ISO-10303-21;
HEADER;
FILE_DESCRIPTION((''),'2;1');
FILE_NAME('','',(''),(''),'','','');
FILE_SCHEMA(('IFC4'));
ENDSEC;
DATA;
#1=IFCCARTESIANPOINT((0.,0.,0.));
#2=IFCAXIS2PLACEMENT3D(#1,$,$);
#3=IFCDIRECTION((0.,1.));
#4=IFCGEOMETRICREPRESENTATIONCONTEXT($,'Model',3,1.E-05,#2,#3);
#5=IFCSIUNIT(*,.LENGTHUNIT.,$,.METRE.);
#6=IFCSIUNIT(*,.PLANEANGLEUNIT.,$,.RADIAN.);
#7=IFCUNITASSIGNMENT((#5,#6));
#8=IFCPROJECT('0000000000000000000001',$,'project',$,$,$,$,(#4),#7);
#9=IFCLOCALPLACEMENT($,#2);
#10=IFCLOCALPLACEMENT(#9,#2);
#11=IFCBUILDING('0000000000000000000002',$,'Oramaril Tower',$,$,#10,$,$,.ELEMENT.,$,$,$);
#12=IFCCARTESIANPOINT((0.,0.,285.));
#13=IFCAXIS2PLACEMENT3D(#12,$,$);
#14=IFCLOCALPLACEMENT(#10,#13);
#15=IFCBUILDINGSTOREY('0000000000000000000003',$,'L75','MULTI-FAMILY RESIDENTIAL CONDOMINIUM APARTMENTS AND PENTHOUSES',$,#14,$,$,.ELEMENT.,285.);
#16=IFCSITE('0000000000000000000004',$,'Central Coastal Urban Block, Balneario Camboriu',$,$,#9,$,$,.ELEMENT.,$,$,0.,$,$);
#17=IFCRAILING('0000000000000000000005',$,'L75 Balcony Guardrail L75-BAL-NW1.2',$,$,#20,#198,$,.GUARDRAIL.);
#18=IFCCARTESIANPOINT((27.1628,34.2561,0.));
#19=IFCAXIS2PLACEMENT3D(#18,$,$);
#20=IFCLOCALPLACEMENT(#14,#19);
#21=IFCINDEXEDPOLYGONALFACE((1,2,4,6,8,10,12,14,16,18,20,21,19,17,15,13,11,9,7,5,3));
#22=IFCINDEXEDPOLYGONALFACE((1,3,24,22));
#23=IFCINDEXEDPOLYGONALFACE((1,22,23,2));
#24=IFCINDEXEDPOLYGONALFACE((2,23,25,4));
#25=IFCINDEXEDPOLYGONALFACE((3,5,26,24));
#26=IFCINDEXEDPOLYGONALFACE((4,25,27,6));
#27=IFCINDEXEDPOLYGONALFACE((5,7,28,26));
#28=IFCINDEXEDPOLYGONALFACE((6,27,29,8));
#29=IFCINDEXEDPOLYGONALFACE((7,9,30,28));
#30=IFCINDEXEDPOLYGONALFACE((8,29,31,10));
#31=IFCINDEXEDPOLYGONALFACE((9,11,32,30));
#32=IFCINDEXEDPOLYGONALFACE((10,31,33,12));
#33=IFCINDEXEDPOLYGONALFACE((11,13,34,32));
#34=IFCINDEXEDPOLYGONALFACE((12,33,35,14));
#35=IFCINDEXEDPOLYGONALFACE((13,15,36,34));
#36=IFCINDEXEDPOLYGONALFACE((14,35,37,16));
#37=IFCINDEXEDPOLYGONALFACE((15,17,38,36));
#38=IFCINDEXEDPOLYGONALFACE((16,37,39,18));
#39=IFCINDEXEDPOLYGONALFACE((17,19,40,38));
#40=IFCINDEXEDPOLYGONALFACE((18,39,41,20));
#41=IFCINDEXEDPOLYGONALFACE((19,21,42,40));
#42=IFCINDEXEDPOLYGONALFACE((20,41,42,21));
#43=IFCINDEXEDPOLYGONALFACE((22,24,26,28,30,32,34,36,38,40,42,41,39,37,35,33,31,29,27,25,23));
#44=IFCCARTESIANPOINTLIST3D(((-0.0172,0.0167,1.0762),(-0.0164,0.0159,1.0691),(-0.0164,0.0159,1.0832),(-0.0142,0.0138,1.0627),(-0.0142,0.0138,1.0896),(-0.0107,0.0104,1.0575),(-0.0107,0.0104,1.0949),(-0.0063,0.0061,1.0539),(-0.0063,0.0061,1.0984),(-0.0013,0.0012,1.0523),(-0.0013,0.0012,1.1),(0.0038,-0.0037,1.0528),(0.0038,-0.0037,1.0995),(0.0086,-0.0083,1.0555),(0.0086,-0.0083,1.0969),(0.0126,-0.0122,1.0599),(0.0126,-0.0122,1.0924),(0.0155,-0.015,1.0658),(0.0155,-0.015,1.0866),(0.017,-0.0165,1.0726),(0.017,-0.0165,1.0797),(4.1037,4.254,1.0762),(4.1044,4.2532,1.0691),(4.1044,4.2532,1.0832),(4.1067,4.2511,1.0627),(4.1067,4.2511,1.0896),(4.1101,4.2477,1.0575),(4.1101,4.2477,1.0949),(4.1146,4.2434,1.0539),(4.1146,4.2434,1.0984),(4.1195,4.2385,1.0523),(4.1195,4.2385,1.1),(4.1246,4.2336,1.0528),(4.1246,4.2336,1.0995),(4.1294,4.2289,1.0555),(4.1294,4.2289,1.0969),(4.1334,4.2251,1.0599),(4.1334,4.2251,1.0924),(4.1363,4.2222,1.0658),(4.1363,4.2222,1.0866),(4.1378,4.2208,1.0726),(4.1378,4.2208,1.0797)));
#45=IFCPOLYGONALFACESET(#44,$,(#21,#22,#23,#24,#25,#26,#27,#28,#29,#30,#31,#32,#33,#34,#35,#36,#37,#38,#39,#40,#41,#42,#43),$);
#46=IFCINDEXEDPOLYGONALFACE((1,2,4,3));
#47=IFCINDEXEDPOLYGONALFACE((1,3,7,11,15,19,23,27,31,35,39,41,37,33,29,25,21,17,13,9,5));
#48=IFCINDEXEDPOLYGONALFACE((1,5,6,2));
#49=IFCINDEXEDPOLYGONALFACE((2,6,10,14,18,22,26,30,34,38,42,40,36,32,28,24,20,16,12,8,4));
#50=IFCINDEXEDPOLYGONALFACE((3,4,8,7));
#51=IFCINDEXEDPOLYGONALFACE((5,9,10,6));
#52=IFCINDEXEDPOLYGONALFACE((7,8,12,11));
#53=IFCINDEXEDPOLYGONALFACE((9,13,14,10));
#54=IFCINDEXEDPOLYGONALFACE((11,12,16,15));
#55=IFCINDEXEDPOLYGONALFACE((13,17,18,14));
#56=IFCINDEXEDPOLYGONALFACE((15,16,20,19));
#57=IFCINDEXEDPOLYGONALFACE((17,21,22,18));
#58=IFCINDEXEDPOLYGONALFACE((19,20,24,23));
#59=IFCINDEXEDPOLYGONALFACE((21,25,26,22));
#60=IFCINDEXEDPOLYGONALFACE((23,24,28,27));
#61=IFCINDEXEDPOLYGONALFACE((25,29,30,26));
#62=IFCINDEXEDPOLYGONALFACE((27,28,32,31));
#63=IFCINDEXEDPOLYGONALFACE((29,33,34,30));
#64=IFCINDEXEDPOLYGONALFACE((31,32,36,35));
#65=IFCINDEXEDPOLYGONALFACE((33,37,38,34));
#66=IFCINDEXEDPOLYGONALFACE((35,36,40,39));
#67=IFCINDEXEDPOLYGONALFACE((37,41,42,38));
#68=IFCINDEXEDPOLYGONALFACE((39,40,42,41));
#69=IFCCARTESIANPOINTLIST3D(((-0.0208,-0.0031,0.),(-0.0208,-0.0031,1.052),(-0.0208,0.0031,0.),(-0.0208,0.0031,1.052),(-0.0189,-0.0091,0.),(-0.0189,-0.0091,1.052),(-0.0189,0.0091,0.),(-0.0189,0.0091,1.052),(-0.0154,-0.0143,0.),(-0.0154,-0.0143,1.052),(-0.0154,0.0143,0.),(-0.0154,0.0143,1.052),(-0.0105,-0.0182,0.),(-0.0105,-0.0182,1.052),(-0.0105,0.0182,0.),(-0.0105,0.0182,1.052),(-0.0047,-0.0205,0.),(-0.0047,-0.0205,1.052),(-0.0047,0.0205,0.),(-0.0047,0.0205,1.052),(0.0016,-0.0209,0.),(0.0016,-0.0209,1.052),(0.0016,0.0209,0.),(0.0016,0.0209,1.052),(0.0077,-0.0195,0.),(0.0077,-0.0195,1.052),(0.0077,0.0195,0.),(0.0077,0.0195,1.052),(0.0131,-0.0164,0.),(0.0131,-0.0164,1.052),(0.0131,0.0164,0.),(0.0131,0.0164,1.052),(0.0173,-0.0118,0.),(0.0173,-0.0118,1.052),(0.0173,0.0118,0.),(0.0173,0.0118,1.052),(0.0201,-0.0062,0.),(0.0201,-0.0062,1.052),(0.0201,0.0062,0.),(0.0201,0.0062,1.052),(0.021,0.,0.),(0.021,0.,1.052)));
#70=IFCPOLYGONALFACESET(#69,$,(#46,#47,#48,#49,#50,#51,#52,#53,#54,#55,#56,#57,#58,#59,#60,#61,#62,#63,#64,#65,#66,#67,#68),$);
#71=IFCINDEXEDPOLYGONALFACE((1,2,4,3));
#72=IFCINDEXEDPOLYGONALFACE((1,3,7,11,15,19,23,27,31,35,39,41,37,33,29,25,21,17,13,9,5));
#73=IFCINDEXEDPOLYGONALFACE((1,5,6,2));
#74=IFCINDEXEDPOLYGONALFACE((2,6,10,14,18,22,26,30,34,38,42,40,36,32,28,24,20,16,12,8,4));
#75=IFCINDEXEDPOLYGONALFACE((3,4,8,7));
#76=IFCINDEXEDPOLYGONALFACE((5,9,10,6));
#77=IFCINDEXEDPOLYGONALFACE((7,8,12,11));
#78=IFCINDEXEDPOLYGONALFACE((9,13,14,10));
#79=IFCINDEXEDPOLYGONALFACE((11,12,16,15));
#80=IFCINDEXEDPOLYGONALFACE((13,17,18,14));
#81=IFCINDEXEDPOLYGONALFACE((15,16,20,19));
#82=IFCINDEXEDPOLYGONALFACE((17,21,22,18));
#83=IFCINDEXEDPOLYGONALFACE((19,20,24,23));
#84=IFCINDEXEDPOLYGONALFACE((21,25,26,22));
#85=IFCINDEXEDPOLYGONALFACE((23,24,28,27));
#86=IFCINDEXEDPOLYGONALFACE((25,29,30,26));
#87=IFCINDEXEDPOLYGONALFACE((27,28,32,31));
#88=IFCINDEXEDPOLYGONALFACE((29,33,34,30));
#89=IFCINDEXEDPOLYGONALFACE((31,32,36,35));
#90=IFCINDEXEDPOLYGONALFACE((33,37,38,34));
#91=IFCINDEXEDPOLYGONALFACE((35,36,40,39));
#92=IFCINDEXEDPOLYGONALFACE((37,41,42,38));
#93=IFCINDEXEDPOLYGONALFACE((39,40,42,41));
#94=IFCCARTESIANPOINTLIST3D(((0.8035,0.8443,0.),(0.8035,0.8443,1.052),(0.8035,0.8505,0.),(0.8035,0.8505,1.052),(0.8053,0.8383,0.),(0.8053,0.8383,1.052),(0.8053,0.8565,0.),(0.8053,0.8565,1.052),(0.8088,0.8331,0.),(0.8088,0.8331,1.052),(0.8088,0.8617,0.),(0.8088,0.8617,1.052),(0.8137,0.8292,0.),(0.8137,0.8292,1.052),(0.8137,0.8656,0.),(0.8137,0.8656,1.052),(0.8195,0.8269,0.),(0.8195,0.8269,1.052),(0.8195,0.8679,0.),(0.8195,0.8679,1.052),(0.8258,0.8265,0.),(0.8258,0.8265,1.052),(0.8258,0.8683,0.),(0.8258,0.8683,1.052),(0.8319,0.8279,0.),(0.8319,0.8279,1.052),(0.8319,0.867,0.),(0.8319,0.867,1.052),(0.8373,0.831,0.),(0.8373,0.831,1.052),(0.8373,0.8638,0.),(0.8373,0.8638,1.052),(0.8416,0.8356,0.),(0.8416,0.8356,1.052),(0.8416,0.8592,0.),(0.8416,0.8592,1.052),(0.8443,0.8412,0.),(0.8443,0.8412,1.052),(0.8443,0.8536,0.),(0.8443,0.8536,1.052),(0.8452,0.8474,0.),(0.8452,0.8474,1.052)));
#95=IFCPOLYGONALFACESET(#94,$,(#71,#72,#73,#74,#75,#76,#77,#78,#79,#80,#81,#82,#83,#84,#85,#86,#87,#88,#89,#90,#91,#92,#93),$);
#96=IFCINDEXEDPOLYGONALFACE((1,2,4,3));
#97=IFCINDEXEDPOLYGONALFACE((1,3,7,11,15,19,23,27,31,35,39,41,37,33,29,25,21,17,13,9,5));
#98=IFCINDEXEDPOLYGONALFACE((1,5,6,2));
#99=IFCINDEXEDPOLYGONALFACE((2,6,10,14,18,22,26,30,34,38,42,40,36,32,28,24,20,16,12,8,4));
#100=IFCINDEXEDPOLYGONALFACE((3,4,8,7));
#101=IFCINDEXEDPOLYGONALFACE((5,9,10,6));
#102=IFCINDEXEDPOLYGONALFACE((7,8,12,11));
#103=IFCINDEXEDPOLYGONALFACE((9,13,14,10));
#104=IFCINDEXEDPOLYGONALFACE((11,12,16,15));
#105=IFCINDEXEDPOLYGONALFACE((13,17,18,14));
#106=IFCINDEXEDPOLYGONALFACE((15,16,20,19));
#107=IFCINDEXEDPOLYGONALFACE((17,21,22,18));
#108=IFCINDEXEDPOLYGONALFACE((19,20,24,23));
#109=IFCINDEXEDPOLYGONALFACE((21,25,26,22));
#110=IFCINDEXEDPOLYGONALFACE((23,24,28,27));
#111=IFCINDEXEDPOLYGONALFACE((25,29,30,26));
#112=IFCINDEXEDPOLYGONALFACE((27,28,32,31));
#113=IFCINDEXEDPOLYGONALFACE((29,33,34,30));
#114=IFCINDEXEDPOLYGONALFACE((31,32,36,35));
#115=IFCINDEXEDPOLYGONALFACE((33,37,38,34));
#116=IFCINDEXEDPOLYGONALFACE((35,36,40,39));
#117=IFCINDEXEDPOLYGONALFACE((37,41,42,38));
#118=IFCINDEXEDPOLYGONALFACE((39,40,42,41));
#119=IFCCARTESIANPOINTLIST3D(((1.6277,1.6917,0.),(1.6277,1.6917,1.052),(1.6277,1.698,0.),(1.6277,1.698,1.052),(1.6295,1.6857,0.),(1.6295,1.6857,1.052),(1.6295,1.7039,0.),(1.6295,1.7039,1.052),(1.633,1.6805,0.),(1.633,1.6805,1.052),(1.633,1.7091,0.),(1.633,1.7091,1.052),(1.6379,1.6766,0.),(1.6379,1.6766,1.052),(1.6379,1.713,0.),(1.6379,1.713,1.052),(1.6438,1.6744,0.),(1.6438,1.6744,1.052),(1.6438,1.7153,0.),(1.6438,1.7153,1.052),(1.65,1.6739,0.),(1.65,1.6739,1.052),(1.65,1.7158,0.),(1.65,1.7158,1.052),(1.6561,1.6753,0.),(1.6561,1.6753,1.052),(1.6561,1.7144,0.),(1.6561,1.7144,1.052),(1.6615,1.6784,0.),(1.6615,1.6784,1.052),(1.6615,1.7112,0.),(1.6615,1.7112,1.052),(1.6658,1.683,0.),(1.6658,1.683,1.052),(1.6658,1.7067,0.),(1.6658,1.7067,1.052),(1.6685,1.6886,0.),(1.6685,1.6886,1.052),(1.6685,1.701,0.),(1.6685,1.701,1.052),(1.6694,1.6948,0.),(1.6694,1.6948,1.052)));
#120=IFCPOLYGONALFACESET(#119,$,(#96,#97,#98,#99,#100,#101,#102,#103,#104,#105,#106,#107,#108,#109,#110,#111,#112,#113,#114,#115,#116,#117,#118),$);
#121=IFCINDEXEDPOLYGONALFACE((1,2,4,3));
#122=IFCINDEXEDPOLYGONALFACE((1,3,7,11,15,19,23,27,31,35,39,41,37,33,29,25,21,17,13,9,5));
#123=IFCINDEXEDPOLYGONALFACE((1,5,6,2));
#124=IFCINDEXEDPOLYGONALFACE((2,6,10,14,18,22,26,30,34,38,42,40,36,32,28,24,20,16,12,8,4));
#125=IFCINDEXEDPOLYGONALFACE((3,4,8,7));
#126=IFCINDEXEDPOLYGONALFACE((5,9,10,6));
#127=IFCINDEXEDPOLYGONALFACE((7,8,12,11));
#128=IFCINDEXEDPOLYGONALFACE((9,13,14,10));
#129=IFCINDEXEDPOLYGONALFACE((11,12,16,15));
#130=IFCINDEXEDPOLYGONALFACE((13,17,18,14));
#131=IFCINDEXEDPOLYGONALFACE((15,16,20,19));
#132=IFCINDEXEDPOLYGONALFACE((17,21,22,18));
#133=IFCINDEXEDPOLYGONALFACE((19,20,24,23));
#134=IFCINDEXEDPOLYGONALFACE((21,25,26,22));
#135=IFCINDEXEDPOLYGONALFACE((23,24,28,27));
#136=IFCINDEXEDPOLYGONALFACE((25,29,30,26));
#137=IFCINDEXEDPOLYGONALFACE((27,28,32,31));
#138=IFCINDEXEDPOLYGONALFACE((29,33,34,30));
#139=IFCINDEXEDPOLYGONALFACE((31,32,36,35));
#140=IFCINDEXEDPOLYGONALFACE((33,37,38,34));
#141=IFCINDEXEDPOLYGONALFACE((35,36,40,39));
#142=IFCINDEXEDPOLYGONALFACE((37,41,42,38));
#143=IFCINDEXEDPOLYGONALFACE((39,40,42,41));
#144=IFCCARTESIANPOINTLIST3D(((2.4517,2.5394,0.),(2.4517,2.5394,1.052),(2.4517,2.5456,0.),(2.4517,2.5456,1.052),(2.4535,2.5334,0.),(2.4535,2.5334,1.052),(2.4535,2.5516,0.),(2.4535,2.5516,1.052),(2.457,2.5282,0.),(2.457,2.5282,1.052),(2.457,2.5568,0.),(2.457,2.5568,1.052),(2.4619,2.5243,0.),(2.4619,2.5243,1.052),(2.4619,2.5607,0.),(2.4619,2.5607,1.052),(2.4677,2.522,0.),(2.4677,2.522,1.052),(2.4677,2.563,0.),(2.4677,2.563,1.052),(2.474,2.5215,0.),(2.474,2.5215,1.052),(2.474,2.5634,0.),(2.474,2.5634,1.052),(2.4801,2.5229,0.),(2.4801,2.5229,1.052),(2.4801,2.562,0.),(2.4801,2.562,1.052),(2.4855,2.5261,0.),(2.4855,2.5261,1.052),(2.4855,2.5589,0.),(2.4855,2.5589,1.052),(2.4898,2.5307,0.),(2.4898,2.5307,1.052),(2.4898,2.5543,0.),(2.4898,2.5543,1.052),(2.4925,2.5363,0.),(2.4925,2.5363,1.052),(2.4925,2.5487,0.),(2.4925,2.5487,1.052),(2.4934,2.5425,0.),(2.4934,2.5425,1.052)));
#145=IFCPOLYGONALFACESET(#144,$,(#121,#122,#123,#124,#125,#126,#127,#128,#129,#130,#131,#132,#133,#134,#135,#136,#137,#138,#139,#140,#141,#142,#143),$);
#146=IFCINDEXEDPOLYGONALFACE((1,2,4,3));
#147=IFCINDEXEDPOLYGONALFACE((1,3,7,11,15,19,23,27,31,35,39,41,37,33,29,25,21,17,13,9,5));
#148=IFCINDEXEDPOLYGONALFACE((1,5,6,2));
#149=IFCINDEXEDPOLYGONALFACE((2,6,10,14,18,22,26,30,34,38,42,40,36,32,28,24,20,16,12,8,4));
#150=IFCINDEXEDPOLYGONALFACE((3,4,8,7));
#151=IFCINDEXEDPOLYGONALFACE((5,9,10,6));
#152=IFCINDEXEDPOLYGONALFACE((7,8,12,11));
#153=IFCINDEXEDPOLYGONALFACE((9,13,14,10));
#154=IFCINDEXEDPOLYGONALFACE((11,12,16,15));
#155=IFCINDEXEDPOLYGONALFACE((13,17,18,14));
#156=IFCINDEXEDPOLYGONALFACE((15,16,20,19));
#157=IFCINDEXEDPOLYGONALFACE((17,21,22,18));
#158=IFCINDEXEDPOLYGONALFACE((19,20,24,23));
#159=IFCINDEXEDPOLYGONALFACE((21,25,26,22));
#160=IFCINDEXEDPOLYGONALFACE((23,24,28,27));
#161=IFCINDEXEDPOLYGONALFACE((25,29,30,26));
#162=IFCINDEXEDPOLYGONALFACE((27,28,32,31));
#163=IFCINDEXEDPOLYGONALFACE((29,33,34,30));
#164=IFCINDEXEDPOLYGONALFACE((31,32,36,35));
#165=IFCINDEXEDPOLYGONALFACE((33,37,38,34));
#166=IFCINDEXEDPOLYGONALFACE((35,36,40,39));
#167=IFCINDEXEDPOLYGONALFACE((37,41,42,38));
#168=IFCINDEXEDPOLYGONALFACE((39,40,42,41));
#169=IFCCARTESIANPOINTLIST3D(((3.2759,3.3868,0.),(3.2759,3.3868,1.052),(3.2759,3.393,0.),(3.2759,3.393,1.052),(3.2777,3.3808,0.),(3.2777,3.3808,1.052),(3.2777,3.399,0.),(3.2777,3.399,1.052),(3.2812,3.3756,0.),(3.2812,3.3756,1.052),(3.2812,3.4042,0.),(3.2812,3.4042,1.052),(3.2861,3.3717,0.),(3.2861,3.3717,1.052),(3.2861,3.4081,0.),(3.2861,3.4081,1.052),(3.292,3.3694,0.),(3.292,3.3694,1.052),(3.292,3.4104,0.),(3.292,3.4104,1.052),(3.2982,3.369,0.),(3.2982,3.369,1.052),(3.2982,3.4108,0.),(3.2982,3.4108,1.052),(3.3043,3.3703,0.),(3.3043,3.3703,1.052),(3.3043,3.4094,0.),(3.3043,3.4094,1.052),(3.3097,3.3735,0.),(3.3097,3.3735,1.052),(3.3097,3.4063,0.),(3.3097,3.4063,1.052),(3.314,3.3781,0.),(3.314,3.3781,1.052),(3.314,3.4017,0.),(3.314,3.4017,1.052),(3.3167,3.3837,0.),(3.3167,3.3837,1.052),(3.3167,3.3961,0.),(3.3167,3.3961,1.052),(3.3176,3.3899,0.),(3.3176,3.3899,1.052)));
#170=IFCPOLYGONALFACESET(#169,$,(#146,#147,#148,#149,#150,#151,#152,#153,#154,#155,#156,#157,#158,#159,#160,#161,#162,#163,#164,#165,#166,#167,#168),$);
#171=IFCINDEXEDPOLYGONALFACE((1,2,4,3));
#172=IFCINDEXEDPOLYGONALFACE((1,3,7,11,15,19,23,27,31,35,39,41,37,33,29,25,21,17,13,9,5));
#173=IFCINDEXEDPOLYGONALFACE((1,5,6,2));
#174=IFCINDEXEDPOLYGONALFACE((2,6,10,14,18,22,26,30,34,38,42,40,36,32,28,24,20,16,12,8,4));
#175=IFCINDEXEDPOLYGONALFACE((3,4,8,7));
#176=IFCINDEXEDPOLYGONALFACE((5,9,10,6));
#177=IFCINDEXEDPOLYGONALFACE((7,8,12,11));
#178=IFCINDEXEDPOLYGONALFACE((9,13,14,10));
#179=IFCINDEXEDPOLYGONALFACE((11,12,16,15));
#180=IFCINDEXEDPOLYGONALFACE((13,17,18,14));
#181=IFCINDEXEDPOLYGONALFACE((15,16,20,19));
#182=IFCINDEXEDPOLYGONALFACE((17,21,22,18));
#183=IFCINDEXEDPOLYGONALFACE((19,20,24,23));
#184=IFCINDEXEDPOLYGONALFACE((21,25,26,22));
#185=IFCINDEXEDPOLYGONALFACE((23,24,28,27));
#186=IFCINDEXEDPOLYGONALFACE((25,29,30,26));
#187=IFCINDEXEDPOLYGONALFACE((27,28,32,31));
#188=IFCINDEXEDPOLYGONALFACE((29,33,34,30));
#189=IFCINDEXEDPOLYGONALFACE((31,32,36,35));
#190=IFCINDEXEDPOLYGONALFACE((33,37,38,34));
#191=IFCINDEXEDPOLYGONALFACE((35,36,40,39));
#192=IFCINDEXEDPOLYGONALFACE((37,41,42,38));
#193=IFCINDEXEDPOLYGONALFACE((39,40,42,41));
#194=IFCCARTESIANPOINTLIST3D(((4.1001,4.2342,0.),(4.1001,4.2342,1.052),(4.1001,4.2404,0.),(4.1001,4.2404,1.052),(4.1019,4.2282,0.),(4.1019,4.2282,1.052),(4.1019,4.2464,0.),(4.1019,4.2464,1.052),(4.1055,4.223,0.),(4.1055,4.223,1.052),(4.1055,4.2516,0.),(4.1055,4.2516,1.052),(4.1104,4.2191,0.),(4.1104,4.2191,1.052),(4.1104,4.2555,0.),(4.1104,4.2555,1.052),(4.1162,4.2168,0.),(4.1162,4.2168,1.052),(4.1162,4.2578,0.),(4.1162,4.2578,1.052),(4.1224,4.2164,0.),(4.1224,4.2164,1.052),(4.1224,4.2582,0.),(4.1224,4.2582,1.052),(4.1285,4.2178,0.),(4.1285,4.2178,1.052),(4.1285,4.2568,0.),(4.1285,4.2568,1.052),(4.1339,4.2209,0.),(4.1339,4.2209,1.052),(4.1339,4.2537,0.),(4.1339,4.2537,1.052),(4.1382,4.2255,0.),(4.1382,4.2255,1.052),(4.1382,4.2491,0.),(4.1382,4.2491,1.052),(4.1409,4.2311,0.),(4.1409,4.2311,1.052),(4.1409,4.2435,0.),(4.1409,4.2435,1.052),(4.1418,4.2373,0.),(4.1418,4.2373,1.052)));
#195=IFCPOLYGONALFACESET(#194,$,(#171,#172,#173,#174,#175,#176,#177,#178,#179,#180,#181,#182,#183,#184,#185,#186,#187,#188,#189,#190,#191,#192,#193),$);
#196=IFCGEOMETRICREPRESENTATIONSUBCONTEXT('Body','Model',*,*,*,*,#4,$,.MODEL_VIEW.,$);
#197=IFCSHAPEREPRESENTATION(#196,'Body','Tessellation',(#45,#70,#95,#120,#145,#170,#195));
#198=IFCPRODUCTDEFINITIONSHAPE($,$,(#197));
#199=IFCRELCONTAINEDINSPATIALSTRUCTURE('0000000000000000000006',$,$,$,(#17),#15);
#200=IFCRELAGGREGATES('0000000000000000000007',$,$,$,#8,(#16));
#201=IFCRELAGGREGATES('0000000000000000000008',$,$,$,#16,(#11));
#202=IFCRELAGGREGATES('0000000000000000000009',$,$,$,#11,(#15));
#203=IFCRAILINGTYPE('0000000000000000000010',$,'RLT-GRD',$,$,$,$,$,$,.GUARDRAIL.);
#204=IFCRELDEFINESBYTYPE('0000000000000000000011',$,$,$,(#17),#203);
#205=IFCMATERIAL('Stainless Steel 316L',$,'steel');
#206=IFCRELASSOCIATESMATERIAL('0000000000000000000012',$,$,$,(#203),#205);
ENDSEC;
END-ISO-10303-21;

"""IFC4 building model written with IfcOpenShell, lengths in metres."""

from ifc_helpers import new_model, si_unit, direction, frame, origin, origin_2d, place, context, subcontext, project, spatial, circle, extrude, material, type_object, element, save


model = new_model("IFC4")

# Units and contexts
model_context = context("Model", 3, precision=1e-05, world=origin(), true_north=direction((0.0, 1.0)))
body_context = subcontext(model_context, "Body", "Model", "MODEL_VIEW")
ifc_project = project(units=[si_unit("LENGTHUNIT", "METRE"), si_unit("PLANEANGLEUNIT", "RADIAN")], contexts=[model_context])

# Site, building, storey
site_placement = place(None, origin())
site = spatial("IfcSite", under=ifc_project, at=site_placement, Name="Central Coastal Urban Block, Balneario Camboriu", CompositionType="ELEMENT", RefElevation=0.0)
building_placement = place(site_placement, origin())
building = spatial("IfcBuilding", under=site, at=building_placement, Name="Oramaril Tower", CompositionType="ELEMENT")
storey_placement = place(building_placement, frame((0.0, 0.0, 285.0)))
storey = spatial("IfcBuildingStorey", under=building, at=storey_placement, Name="L75", Description="MULTI-FAMILY RESIDENTIAL CONDOMINIUM APARTMENTS AND PENTHOUSES", CompositionType="ELEMENT", Elevation=285.0)

# Railing
ifc_material_1 = material(Name="Stainless Steel 316L", Category="steel")
railing_type = type_object("IfcRailingType", Name="RLT-GRD", PredefinedType="GUARDRAIL", material=ifc_material_1)
railing_1_placement = place(storey_placement, frame((27.1628, 34.2561, 0.0)))
element("IfcRailing", 1, at=railing_1_placement, inside=storey, type_object=railing_type, Name="L75 Balcony Guardrail L75-BAL-NW1.2", PredefinedType="GUARDRAIL", context=body_context, shape_type="SweptSolid", body=[
    extrude(circle(Radius=0.0239, at=origin_2d()), frame((0.0, 0.0, 1.0762), z_axis=(0.697187, 0.716889, 0.0), x_axis=(-0.716889, 0.697187, 0.0)), (0.0, 0.0, 1.0), 5.9106),
    extrude(circle(Radius=0.021, at=origin_2d()), origin(), (0.0, 0.0, 1.0), 1.052),
    extrude(circle(Radius=0.021, at=origin_2d()), frame((0.8242, 0.8474, 0.0)), (0.0, 0.0, 1.0), 1.052),
    extrude(circle(Radius=0.021, at=origin_2d()), frame((1.6484, 1.6948, 0.0)), (0.0, 0.0, 1.0), 1.052),
    extrude(circle(Radius=0.021, at=origin_2d()), frame((2.4724, 2.5425, 0.0)), (0.0, 0.0, 1.0), 1.052),
    extrude(circle(Radius=0.021, at=origin_2d()), frame((3.2966, 3.3899, 0.0)), (0.0, 0.0, 1.0), 1.052),
    extrude(circle(Radius=0.021, at=origin_2d()), frame((4.1208, 4.2373, 0.0)), (0.0, 0.0, 1.0), 1.052),
])

save(model, "model.ifc")
